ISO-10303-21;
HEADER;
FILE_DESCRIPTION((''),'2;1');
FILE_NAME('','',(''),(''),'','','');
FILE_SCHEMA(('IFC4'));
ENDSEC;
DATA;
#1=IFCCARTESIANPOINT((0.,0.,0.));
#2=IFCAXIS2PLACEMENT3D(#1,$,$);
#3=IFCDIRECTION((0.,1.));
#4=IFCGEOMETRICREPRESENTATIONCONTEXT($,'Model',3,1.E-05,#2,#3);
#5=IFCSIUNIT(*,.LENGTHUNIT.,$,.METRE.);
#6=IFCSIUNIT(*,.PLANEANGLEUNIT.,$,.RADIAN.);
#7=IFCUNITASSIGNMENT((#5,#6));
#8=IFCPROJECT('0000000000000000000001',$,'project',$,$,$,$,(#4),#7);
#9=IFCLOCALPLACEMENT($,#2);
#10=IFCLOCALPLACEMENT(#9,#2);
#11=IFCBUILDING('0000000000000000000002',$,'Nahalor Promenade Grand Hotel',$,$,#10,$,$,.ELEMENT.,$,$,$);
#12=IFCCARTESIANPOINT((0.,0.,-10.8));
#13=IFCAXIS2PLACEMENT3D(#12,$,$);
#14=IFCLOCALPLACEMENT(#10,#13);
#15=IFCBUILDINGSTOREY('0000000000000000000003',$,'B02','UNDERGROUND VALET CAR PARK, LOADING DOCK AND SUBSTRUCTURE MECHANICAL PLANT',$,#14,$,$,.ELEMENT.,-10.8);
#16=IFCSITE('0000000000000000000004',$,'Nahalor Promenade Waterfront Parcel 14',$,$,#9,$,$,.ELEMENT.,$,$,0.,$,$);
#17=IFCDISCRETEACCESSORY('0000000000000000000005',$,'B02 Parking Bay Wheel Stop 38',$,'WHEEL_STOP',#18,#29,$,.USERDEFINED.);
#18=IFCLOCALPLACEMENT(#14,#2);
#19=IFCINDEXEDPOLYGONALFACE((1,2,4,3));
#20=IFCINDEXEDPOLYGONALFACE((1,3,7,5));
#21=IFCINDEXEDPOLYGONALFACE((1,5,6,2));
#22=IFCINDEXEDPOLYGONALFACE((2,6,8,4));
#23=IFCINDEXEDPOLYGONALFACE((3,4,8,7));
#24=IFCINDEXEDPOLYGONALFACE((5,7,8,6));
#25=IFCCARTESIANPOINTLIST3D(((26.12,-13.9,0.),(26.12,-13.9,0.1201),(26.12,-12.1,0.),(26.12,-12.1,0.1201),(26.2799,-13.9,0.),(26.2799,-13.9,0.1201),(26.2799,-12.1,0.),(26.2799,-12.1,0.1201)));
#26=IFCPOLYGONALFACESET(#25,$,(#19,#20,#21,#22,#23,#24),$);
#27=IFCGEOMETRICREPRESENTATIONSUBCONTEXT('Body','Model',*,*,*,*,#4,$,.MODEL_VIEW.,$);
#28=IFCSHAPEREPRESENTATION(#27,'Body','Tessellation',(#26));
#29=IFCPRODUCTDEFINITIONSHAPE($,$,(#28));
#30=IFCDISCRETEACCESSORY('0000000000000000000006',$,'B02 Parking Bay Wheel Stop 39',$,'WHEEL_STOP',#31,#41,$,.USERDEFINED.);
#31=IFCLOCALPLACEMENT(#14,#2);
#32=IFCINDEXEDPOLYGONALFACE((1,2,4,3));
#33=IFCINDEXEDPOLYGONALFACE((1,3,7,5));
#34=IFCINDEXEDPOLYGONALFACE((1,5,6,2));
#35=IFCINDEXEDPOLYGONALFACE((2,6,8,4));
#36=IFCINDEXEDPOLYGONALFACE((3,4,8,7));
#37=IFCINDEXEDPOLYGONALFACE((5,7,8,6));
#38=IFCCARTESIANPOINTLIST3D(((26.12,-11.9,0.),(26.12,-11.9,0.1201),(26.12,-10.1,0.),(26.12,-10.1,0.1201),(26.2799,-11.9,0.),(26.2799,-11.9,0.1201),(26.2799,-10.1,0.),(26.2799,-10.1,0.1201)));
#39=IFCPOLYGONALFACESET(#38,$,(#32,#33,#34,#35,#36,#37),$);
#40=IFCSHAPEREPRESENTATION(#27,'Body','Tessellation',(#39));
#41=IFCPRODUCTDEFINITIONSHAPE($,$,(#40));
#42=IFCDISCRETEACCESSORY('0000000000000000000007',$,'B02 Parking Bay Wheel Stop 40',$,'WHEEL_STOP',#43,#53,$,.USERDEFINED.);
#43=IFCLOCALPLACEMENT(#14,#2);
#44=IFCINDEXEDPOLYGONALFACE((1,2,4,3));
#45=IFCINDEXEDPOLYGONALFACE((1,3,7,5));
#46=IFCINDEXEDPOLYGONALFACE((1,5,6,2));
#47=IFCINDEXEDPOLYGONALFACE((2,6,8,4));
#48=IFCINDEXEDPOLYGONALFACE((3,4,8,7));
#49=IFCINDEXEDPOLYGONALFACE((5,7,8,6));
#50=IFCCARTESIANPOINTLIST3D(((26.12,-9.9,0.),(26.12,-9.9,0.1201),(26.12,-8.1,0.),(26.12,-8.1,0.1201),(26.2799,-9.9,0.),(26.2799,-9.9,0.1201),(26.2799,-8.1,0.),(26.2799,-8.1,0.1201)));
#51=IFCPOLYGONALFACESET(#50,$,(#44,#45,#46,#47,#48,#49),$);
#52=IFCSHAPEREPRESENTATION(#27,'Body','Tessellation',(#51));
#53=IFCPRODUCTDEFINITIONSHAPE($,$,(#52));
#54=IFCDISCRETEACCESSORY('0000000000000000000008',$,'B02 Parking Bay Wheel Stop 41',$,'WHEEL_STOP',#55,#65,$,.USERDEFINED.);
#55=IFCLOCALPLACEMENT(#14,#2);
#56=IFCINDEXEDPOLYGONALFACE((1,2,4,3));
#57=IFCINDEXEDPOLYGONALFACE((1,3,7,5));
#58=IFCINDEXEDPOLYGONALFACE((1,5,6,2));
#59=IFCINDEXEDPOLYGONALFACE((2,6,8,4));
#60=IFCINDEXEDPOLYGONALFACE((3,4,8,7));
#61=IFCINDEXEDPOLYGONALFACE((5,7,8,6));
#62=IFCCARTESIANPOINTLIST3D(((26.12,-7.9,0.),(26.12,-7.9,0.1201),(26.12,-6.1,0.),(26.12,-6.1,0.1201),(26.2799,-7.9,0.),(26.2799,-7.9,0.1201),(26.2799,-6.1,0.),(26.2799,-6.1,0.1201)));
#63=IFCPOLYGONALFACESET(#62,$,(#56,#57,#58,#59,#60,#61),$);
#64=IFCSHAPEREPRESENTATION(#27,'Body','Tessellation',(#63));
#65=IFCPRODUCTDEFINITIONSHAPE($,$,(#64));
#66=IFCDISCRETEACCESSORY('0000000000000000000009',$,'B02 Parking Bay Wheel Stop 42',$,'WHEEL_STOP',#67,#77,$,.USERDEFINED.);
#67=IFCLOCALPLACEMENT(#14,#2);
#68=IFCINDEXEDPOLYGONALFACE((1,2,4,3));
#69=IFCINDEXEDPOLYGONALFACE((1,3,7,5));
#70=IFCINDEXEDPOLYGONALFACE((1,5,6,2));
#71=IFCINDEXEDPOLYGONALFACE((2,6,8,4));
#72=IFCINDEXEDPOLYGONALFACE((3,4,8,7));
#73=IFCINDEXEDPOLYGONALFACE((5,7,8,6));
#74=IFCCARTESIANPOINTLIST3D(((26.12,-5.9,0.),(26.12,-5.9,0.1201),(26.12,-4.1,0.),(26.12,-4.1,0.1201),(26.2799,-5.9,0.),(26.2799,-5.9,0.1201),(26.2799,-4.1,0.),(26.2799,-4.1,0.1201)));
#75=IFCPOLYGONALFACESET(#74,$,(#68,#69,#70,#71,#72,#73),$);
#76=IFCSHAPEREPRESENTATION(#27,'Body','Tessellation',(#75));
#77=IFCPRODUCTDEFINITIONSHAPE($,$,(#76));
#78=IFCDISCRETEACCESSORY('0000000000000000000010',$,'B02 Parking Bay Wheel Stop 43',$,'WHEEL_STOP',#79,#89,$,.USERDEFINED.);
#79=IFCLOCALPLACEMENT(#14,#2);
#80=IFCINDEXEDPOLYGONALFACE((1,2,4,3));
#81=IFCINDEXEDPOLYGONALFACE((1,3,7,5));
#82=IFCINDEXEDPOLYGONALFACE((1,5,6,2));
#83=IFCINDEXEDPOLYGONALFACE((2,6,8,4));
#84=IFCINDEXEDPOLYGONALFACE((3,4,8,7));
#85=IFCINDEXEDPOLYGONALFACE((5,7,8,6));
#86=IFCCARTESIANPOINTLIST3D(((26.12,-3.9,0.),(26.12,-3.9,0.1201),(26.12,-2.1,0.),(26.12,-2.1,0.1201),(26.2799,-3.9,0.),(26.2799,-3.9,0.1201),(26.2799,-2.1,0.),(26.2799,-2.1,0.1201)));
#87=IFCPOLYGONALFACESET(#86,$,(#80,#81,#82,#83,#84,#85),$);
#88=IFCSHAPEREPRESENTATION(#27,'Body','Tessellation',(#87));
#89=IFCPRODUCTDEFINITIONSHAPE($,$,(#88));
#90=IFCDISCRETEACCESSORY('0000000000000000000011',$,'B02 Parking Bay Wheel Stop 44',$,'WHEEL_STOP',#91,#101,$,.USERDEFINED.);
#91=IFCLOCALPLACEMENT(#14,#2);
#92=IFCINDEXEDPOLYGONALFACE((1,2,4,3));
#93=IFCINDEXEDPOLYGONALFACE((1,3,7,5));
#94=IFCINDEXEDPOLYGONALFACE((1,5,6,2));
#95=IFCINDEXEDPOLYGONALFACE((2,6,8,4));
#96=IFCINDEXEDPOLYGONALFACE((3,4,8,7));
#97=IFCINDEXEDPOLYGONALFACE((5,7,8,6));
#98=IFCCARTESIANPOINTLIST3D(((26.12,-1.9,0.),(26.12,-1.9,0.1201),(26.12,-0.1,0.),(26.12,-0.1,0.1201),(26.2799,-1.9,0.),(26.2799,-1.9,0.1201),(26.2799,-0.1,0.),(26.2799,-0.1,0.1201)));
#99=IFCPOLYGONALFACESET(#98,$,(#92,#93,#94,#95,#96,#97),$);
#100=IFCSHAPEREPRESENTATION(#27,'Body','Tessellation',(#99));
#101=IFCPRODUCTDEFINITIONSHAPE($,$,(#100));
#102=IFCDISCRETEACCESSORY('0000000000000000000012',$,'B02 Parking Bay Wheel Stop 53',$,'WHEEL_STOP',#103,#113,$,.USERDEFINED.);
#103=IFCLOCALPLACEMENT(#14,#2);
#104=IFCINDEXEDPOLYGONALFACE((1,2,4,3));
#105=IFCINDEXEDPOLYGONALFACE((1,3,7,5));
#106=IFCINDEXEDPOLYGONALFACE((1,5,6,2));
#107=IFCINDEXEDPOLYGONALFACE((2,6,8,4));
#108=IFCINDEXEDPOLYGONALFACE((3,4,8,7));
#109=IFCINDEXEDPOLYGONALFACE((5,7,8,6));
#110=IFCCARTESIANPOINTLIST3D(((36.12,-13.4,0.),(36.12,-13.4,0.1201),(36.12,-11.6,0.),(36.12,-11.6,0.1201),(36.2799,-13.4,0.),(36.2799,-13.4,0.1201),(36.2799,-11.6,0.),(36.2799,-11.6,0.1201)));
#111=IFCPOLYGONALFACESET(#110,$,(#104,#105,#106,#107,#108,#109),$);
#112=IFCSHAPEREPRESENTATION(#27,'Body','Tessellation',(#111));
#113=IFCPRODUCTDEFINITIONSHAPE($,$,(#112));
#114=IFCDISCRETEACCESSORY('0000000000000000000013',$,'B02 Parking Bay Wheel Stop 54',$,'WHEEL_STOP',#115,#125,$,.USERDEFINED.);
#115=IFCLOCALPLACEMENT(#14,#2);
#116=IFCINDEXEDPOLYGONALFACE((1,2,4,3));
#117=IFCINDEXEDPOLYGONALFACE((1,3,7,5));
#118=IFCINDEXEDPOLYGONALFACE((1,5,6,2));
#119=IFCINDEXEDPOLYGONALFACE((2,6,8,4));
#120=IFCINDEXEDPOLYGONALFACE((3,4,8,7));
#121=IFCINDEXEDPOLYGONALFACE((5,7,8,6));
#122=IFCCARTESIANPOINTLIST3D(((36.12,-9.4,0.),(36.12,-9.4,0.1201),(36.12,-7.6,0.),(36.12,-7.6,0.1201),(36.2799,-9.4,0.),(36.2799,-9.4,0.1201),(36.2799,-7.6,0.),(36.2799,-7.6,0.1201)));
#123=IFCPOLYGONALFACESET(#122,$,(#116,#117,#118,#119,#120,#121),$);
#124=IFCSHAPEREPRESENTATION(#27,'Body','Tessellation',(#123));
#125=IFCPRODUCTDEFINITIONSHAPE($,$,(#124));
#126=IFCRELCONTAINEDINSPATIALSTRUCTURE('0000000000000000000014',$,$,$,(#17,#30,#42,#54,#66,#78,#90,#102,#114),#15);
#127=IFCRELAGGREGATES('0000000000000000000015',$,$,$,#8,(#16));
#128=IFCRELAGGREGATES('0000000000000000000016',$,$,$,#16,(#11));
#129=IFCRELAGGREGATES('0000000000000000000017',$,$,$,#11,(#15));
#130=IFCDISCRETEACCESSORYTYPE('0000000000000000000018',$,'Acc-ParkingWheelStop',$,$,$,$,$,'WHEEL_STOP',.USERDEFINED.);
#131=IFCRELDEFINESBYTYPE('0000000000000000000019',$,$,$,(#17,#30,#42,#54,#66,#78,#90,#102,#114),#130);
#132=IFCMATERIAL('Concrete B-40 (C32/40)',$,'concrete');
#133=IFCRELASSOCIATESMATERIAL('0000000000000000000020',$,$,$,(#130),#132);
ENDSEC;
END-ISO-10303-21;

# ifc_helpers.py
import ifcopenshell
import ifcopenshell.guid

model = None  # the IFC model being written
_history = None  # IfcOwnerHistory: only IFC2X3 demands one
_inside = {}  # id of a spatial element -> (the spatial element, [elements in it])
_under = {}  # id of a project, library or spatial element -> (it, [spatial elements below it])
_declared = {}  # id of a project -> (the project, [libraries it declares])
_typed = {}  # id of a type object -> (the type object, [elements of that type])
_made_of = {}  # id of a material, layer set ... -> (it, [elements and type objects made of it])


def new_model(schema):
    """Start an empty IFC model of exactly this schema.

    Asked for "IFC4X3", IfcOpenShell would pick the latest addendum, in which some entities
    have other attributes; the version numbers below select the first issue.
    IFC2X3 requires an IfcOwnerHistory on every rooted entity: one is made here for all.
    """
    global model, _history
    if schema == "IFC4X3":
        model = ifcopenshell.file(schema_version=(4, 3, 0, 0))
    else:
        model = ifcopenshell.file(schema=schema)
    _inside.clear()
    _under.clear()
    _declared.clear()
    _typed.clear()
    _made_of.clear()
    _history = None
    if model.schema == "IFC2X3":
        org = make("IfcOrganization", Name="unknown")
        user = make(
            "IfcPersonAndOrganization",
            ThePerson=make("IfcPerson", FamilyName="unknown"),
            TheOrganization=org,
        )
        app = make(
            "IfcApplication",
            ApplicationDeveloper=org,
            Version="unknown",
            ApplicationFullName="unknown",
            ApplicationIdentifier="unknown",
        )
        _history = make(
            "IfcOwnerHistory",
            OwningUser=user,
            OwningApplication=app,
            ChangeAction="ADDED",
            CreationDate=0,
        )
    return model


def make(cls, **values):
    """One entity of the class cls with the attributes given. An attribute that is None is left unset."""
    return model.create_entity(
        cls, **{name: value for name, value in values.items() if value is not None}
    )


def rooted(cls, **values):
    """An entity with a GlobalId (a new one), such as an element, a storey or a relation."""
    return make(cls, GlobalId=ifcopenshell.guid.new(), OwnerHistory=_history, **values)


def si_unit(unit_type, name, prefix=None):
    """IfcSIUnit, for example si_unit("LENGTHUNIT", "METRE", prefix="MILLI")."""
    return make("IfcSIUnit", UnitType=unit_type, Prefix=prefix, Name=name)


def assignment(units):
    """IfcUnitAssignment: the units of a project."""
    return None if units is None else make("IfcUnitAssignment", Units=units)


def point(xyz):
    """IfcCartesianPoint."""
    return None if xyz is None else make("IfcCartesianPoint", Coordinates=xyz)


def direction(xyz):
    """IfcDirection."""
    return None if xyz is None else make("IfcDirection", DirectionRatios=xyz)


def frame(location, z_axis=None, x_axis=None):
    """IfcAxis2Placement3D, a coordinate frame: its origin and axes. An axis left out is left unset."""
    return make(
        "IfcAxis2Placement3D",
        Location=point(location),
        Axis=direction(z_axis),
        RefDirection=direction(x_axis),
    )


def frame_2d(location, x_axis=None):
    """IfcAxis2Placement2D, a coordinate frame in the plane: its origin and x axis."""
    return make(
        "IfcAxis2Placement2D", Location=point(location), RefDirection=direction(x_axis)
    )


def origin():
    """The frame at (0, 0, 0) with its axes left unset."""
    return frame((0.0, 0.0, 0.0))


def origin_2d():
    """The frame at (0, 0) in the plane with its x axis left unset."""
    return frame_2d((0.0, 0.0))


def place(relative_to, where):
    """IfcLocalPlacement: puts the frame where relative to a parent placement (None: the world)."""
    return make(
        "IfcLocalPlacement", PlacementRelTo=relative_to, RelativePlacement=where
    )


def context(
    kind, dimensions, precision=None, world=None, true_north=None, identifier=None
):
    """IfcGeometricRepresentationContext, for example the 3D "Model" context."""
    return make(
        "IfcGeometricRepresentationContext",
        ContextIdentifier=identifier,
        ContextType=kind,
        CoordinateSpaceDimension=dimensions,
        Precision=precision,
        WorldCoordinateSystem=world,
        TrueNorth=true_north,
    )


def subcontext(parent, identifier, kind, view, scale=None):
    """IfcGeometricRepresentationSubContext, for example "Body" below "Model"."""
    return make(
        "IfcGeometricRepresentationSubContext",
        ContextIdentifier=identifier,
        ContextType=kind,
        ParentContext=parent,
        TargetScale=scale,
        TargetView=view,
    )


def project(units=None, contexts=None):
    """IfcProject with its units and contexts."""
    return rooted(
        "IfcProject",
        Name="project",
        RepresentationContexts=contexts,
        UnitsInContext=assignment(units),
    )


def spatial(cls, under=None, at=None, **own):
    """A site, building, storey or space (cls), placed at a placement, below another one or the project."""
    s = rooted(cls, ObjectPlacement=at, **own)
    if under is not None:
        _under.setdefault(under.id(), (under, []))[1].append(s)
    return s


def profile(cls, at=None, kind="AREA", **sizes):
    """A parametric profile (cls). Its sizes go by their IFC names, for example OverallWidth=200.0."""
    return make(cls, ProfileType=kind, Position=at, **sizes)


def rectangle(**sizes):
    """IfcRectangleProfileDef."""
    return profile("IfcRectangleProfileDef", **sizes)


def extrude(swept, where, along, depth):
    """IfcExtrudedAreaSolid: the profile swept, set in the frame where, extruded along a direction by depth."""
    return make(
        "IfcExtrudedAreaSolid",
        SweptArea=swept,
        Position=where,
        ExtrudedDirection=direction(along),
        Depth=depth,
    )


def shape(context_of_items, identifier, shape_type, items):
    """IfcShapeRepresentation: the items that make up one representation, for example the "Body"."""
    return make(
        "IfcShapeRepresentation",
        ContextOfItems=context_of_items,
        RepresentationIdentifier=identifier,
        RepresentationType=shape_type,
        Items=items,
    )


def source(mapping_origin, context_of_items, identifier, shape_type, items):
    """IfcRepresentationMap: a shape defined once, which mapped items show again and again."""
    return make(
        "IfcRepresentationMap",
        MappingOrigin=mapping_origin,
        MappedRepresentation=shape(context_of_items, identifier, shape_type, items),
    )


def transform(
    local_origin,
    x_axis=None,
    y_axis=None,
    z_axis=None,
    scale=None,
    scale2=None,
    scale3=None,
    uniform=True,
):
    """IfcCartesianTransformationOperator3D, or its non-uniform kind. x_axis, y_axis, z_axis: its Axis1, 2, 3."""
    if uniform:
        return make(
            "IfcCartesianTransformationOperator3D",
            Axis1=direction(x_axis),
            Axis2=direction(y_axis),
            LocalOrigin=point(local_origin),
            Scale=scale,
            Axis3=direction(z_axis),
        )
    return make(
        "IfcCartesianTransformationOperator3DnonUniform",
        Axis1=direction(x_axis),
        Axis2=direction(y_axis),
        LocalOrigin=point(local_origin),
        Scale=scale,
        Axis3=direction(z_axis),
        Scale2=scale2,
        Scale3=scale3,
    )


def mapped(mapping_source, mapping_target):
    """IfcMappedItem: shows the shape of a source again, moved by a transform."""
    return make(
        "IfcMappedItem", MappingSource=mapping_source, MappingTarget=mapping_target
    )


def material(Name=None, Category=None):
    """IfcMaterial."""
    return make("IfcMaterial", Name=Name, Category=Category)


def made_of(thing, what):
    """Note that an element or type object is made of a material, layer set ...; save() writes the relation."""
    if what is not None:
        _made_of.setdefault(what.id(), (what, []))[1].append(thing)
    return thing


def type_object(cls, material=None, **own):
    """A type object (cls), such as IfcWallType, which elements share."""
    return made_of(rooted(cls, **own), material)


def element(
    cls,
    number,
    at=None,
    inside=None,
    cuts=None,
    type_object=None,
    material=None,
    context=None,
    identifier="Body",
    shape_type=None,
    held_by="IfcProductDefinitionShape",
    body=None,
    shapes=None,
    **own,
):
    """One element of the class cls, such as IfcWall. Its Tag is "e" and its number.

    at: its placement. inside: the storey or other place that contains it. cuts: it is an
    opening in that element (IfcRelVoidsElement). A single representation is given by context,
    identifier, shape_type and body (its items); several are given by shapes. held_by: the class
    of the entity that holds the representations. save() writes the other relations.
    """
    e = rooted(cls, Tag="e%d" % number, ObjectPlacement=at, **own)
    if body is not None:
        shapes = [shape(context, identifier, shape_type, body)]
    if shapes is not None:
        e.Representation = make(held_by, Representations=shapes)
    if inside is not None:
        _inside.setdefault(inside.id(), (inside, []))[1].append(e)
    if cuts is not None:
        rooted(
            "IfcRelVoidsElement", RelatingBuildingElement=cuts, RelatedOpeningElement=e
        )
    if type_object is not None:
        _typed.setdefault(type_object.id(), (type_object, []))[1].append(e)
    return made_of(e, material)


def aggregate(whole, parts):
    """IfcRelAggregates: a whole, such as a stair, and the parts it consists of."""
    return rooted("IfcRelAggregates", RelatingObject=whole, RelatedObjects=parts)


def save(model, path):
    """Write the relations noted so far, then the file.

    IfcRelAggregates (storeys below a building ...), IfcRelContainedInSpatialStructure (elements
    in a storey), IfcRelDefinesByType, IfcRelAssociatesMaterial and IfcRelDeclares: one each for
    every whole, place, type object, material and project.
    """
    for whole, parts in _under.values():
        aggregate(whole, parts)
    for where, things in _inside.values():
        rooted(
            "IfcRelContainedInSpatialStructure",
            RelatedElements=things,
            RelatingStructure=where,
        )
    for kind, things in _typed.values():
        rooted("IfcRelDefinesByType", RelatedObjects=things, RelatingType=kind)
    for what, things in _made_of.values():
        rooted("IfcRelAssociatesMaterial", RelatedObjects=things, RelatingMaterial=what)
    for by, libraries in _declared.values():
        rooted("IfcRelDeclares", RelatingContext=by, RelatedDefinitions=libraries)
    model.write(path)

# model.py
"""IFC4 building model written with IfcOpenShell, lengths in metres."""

from ifc_helpers import new_model, si_unit, direction, frame, origin, origin_2d, place, context, subcontext, project, spatial, rectangle, extrude, source, transform, mapped, material, type_object, element, save


model = new_model("IFC4")

# Units and contexts
model_context = context("Model", 3, precision=1e-05, world=origin(), true_north=direction((0.0, 1.0)))
body_context = subcontext(model_context, "Body", "Model", "MODEL_VIEW")
ifc_project = project(units=[si_unit("LENGTHUNIT", "METRE"), si_unit("PLANEANGLEUNIT", "RADIAN")], contexts=[model_context])

# Site, building, storey
site_placement = place(None, origin())
site = spatial("IfcSite", under=ifc_project, at=site_placement, Name="Nahalor Promenade Waterfront Parcel 14", CompositionType="ELEMENT", RefElevation=0.0)
building_placement = place(site_placement, origin())
building = spatial("IfcBuilding", under=site, at=building_placement, Name="Nahalor Promenade Grand Hotel", CompositionType="ELEMENT")
storey_placement = place(building_placement, frame((0.0, 0.0, -10.8)))
storey = spatial("IfcBuildingStorey", under=building, at=storey_placement, Name="B02", Description="UNDERGROUND VALET CAR PARK, LOADING DOCK AND SUBSTRUCTURE MECHANICAL PLANT", CompositionType="ELEMENT", Elevation=-10.8)

# Discrete accessories
ifc_material_1 = material(Name="Concrete B-40 (C32/40)", Category="concrete")
discrete_accessory_type = type_object("IfcDiscreteAccessoryType", Name="Acc-ParkingWheelStop", ElementType="WHEEL_STOP", PredefinedType="USERDEFINED", material=ifc_material_1)
shared_shape_1 = source(origin(), body_context, "Body", "SweptSolid", [
    extrude(rectangle(XDim=1.8, YDim=0.1599, at=origin_2d()), origin(), (0.0, 0.0, 1.0), 0.1201),
])
for number, where, z_axis, x_axis, name in (
    (1, (26.2, -13.0, 0.0), (0.0, 0.0, 1.0), (0.0, 1.0, 0.0), "B02 Parking Bay Wheel Stop 38"),
    (2, (26.2, -11.0, 0.0), (0.0, 0.0, 1.0), (0.0, 1.0, 0.0), "B02 Parking Bay Wheel Stop 39"),
    (3, (26.2, -9.0, 0.0), (0.0, 0.0, 1.0), (0.0, 1.0, 0.0), "B02 Parking Bay Wheel Stop 40"),
    (4, (26.2, -7.0, 0.0), (0.0, 0.0, 1.0), (0.0, 1.0, 0.0), "B02 Parking Bay Wheel Stop 41"),
    (5, (26.2, -5.0, 0.0), (0.0, 0.0, 1.0), (0.0, 1.0, 0.0), "B02 Parking Bay Wheel Stop 42"),
    (6, (26.2, -3.0, 0.0), (0.0, 0.0, 1.0), (0.0, 1.0, 0.0), "B02 Parking Bay Wheel Stop 43"),
    (7, (26.2, -1.0, 0.0), (0.0, 0.0, 1.0), (0.0, 1.0, 0.0), "B02 Parking Bay Wheel Stop 44"),
    (8, (36.2, -12.5, 0.0), (0.0, 0.0, 1.0), (0.0, 1.0, 0.0), "B02 Parking Bay Wheel Stop 53"),
    (9, (36.2, -8.5, 0.0), (0.0, 0.0, 1.0), (0.0, 1.0, 0.0), "B02 Parking Bay Wheel Stop 54"),
):
    element("IfcDiscreteAccessory", number, at=place(storey_placement, frame(where, z_axis=z_axis, x_axis=x_axis)), inside=storey, type_object=discrete_accessory_type, Name=name, ObjectType="WHEEL_STOP", PredefinedType="USERDEFINED", context=body_context, shape_type="MappedRepresentation", body=[
        mapped(shared_shape_1, transform((0.0, 0.0, 0.0), scale=1.0)),
    ])

save(model, "model.ifc")
